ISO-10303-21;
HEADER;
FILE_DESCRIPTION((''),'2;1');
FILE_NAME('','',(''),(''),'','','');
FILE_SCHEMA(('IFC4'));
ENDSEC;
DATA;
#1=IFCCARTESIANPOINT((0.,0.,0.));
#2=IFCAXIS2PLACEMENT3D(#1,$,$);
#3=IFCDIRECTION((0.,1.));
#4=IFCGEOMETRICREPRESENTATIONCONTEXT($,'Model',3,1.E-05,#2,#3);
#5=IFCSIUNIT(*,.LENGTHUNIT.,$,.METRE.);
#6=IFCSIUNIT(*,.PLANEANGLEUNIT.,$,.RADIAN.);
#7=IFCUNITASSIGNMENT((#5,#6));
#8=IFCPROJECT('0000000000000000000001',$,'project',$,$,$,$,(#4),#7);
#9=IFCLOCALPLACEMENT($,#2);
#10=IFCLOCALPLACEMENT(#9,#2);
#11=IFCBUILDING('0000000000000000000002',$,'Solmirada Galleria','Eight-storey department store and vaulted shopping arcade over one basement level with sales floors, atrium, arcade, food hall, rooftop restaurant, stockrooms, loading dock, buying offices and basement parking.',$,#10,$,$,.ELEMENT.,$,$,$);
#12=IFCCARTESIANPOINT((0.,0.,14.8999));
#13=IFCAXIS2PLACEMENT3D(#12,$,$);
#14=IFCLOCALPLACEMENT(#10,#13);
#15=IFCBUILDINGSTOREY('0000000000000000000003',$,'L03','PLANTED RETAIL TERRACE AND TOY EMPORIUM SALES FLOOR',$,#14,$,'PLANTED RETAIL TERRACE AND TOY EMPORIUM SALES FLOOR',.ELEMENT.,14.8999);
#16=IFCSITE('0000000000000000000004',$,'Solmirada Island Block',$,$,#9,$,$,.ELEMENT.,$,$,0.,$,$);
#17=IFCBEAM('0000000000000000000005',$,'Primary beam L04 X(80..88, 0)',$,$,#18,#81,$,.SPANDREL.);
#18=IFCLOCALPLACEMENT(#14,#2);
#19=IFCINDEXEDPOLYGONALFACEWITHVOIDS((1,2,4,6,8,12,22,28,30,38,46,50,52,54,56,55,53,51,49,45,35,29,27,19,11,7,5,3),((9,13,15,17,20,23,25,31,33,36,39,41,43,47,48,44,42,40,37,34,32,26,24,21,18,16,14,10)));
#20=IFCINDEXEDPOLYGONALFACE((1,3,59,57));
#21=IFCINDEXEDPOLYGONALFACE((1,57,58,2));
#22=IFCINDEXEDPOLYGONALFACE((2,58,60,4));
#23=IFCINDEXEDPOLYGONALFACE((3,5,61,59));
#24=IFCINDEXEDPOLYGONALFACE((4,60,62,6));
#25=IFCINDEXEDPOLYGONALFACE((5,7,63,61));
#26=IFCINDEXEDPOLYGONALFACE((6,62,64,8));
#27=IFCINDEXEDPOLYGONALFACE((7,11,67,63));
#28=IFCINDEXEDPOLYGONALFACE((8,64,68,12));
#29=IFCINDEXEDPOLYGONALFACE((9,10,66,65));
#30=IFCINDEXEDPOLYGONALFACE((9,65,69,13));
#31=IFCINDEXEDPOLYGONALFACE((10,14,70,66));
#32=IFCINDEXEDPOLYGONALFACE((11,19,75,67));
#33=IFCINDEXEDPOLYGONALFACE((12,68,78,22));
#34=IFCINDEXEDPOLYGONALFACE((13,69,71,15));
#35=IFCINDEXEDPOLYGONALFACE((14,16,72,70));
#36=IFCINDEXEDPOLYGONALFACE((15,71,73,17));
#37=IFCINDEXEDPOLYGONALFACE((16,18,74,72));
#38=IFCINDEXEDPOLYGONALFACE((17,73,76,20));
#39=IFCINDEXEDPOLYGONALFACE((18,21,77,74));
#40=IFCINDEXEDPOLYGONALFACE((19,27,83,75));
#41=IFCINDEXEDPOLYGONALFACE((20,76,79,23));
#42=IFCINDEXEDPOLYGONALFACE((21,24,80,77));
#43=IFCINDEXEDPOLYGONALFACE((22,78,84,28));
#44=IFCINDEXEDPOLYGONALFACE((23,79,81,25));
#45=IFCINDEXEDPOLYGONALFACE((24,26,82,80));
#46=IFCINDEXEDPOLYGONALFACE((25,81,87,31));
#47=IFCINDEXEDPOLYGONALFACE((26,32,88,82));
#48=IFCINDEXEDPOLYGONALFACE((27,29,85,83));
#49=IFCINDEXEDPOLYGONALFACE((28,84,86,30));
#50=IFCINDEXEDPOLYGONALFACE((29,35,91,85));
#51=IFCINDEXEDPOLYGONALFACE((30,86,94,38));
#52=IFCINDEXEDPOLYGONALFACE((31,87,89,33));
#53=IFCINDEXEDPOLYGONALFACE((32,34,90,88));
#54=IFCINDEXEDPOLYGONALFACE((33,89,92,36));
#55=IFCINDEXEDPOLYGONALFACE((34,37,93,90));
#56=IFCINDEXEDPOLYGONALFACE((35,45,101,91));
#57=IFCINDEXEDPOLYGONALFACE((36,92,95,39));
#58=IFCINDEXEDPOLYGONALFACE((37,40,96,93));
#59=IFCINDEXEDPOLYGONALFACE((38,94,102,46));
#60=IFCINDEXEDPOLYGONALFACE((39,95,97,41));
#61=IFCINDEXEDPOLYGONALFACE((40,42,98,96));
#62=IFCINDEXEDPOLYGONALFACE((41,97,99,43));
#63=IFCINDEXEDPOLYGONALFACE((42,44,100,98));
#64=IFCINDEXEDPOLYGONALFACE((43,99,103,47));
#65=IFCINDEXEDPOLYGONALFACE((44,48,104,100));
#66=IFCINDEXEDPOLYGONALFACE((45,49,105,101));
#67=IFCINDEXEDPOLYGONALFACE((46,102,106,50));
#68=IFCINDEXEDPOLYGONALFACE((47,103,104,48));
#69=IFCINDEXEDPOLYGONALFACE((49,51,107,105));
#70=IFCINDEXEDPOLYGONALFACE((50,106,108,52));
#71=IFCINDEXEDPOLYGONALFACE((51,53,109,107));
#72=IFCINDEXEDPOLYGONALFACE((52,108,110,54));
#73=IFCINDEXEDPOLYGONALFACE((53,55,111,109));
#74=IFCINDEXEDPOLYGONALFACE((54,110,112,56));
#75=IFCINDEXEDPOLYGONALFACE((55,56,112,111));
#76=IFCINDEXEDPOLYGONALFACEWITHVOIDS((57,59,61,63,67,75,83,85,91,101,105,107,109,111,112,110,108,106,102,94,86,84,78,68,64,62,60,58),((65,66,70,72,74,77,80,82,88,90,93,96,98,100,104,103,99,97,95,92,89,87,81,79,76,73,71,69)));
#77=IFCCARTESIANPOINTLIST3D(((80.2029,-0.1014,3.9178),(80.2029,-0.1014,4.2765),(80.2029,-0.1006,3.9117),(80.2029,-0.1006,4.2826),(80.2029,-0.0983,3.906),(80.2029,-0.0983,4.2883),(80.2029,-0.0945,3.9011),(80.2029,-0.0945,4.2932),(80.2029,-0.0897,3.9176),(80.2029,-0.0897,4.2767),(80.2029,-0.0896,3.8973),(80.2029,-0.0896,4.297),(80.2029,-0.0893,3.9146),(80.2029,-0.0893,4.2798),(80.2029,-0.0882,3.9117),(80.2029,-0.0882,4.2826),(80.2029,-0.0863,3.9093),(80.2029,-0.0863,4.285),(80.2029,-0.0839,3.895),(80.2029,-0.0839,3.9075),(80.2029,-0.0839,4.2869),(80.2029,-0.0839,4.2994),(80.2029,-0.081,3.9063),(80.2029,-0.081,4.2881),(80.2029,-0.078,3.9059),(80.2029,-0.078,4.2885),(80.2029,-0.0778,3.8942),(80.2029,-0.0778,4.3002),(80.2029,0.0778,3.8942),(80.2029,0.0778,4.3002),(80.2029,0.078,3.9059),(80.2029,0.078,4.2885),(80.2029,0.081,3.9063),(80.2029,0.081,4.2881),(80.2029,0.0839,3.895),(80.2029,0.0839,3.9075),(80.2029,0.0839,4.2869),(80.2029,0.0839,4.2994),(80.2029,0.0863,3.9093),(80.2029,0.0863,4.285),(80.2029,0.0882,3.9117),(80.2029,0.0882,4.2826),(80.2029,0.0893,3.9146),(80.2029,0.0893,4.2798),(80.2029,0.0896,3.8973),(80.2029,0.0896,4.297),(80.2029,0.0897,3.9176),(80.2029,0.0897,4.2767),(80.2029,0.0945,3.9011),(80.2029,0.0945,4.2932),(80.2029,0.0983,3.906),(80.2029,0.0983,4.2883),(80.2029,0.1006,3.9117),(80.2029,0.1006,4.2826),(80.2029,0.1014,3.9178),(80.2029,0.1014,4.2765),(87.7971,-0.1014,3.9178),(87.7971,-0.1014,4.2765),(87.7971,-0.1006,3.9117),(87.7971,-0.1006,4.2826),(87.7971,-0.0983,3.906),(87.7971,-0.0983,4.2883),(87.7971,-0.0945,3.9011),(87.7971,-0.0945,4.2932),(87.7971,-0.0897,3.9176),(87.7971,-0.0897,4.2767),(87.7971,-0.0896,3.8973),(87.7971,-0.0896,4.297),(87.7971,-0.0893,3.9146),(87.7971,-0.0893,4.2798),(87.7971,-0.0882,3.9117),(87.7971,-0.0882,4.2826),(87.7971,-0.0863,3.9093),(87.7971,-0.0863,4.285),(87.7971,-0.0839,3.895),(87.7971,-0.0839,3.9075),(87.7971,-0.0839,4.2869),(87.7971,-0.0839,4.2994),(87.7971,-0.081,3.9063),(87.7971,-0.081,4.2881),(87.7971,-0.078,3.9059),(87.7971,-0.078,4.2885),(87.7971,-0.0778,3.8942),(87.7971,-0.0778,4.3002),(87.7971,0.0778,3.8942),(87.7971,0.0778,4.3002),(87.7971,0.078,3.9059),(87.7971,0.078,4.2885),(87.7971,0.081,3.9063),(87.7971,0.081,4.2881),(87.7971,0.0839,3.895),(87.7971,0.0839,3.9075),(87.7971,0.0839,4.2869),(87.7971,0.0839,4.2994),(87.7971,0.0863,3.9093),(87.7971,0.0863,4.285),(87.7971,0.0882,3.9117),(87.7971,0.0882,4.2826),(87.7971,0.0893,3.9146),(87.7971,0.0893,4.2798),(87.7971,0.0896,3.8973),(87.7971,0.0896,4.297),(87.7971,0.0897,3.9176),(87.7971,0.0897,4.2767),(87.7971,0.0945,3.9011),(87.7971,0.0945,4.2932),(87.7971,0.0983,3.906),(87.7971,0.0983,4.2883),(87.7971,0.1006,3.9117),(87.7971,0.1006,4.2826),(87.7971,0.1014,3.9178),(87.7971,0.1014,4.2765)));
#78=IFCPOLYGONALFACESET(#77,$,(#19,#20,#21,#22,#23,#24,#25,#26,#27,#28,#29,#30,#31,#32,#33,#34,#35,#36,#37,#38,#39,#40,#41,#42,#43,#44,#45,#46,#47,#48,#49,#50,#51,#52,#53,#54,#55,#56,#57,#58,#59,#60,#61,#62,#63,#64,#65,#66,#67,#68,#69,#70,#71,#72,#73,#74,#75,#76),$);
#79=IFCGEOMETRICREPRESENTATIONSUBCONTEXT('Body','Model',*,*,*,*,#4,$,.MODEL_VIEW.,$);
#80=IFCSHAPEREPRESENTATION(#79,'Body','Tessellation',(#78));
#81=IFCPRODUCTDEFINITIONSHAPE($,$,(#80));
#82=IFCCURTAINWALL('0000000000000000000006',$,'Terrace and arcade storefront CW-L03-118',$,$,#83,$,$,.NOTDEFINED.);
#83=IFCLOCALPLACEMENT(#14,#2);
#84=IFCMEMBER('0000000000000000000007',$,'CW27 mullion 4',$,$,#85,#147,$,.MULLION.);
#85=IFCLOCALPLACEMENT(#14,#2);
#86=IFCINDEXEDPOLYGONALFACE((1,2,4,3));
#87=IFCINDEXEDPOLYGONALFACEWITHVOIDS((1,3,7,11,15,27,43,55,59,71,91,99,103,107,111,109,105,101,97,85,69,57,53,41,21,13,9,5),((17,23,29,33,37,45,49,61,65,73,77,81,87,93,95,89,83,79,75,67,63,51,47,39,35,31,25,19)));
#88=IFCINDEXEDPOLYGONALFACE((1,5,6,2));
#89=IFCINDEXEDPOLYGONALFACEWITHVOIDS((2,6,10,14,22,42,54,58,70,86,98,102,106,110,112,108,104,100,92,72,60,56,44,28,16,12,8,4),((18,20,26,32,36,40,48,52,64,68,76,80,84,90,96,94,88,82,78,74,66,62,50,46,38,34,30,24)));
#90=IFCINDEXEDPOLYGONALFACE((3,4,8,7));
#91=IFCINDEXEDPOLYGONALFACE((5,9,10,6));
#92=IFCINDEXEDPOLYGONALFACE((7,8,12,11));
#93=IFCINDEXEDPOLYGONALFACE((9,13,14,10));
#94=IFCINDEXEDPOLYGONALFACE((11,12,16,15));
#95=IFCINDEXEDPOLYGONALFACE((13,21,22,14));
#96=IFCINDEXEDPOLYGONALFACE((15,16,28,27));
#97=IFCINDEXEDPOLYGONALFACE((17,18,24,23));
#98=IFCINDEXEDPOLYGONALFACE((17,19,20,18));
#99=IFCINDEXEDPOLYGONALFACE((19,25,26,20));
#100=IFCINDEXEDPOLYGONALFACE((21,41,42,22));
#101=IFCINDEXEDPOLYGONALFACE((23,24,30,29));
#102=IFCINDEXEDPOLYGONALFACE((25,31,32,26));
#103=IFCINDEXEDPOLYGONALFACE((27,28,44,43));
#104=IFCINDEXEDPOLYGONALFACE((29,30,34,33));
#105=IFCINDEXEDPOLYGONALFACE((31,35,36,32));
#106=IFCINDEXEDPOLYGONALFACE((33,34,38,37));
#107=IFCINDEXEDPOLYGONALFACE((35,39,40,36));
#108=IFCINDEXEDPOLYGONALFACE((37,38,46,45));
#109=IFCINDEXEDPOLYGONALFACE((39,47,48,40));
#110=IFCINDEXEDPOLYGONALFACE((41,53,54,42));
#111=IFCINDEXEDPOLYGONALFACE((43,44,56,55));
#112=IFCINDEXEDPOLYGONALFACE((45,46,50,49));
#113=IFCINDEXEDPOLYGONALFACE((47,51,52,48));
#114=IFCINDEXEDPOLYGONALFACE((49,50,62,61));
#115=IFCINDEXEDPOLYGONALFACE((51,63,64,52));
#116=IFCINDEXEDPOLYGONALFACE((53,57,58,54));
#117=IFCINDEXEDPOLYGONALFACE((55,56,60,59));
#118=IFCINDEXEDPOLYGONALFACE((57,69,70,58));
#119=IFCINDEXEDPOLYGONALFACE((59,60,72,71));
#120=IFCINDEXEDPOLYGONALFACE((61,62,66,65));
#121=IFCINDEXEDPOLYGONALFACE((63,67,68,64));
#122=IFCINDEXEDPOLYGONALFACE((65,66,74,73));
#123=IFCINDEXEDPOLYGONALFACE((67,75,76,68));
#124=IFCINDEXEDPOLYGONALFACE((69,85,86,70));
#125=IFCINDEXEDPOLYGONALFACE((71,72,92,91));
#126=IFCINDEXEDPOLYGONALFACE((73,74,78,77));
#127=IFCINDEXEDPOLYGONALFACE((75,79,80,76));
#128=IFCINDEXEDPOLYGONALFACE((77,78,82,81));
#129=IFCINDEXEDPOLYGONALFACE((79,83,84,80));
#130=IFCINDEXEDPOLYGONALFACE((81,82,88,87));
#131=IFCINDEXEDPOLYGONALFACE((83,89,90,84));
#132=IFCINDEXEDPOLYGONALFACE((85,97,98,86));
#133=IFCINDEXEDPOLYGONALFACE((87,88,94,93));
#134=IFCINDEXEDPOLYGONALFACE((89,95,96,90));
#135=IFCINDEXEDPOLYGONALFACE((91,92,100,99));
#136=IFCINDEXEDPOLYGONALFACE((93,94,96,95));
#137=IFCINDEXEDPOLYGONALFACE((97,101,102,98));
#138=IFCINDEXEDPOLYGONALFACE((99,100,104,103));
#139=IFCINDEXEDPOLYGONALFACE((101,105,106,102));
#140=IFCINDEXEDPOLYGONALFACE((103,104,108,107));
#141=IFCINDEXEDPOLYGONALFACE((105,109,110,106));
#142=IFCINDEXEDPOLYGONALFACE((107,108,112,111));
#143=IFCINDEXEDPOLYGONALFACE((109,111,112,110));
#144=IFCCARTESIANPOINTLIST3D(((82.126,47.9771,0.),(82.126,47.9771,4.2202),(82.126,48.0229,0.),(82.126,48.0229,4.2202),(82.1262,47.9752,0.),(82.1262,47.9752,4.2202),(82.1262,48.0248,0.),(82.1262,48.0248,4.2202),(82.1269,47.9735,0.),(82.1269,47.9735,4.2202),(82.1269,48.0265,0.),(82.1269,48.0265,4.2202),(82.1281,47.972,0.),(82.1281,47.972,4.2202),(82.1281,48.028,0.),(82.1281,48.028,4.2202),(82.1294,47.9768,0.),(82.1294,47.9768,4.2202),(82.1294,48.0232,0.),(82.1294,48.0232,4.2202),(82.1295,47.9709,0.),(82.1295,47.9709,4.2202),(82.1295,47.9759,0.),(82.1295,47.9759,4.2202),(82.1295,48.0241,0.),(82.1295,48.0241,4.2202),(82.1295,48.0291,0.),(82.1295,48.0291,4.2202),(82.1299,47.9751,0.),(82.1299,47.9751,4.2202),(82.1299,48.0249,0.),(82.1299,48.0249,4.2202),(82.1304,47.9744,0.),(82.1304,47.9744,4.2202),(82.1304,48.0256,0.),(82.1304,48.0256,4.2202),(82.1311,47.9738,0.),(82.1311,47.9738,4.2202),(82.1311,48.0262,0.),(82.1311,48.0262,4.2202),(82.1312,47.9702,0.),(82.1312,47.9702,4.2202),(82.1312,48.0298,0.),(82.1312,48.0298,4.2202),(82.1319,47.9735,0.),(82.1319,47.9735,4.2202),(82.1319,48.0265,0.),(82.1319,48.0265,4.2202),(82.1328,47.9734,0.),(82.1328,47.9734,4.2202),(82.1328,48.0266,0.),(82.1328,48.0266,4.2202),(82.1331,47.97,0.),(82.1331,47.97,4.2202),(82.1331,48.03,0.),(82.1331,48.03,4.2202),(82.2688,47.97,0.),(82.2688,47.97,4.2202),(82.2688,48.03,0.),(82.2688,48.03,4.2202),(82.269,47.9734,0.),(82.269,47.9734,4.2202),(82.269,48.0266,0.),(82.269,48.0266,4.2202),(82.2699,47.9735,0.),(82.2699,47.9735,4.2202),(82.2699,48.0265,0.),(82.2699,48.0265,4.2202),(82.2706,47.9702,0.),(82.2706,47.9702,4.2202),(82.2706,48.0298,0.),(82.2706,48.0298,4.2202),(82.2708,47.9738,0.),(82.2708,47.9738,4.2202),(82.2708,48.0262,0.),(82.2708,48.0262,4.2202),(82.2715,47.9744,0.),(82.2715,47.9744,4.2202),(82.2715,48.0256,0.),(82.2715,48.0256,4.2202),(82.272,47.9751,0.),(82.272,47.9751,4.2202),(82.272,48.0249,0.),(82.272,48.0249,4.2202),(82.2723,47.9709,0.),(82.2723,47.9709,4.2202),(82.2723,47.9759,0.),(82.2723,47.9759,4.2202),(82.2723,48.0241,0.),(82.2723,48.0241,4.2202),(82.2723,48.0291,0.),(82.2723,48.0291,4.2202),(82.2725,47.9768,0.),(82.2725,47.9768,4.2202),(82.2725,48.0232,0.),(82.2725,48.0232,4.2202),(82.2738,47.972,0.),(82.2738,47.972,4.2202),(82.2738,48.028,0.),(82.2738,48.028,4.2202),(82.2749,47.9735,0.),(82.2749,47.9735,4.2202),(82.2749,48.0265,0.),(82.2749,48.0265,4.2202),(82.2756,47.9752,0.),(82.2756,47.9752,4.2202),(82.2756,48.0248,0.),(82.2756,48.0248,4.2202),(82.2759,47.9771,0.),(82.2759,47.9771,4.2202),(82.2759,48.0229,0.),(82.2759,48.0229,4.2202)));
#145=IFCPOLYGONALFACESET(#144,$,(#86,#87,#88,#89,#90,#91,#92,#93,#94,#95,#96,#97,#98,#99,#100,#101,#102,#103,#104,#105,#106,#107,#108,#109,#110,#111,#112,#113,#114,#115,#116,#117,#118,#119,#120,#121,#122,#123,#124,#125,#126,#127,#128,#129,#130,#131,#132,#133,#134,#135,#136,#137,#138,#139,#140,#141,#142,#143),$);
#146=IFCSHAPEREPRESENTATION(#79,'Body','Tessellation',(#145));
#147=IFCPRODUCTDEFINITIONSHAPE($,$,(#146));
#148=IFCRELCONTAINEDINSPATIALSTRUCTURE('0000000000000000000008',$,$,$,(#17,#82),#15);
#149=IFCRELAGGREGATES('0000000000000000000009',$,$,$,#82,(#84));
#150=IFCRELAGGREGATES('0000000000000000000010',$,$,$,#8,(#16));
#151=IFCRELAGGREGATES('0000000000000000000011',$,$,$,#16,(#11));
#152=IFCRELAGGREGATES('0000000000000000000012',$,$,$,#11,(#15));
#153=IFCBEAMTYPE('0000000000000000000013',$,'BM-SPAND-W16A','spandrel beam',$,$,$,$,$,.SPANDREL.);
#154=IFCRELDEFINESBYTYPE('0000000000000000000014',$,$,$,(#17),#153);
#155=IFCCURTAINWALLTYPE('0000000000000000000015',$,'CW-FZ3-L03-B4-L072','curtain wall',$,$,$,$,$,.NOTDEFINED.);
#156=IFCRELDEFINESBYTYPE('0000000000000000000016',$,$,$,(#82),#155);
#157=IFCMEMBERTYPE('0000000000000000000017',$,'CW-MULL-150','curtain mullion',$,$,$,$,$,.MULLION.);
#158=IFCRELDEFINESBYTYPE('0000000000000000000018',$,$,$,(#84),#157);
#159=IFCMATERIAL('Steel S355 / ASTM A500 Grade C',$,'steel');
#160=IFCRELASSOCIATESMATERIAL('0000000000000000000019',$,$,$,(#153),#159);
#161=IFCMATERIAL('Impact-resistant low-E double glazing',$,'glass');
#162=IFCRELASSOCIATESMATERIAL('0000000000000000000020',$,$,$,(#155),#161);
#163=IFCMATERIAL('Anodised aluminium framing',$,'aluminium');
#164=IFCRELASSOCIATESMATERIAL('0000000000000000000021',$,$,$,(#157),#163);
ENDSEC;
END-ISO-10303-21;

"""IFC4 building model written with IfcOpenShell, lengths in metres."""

from ifc_helpers import new_model, si_unit, direction, frame, origin, origin_2d, place, context, subcontext, project, spatial, hollow_rectangle, extrude, material, material_profile, profile_set, type_object, element, aggregate, save


model = new_model("IFC4")

# Units and contexts
model_context = context("Model", 3, precision=1e-05, world=origin(), true_north=direction((0.0, 1.0)))
body_context = subcontext(model_context, "Body", "Model", "MODEL_VIEW")
ifc_project = project(units=[si_unit("LENGTHUNIT", "METRE"), si_unit("PLANEANGLEUNIT", "RADIAN")], contexts=[model_context])

# Site, building, storey
site_placement = place(None, origin())
site = spatial("IfcSite", under=ifc_project, at=site_placement, Name="Solmirada Island Block", CompositionType="ELEMENT", RefElevation=0.0)
building_placement = place(site_placement, origin())
building = spatial("IfcBuilding", under=site, at=building_placement, Name="Solmirada Galleria", Description="Eight-storey department store and vaulted shopping arcade over one basement level with sales floors, atrium, arcade, food hall, rooftop restaurant, stockrooms, loading dock, buying offices and basement parking.", CompositionType="ELEMENT")
storey_placement = place(building_placement, frame((0.0, 0.0, 14.8999)))
storey = spatial("IfcBuildingStorey", under=building, at=storey_placement, Name="L03", Description="PLANTED RETAIL TERRACE AND TOY EMPORIUM SALES FLOOR", LongName="PLANTED RETAIL TERRACE AND TOY EMPORIUM SALES FLOOR", CompositionType="ELEMENT", Elevation=14.8999)

# Beam
ifc_material_1 = material(Name="Steel S355 / ASTM A500 Grade C", Category="steel")
ifc_material_profile_1 = material_profile(ifc_material_1, hollow_rectangle(XDim=0.2029, YDim=0.406, WallThickness=0.0117, InnerFilletRadius=0.0117, OuterFilletRadius=0.0237, at=origin_2d()), Name="HSS16X8X1/2")
ifc_profile_set_1 = profile_set([ifc_material_profile_1], Name="Steel S355 / ASTM A500 Grade C")
beam_type_1 = type_object("IfcBeamType", Name="BM-SPAND-W16A", Description="spandrel beam", PredefinedType="SPANDREL", material=ifc_profile_set_1)
beam_1_placement = place(storey_placement, frame((80.2029, 0.0, 4.0972), z_axis=(1.0, 0.0, 0.0), x_axis=(0.0, 1.0, 0.0)))
element("IfcBeam", 1, at=beam_1_placement, inside=storey, type_object=beam_type_1, Name="Primary beam L04 X(80..88, 0)", PredefinedType="SPANDREL", context=body_context, shape_type="SweptSolid", body=[
    extrude(hollow_rectangle(XDim=0.2029, YDim=0.406, WallThickness=0.0117, InnerFilletRadius=0.0117, OuterFilletRadius=0.0237, at=origin_2d()), origin(), (0.0, 0.0, 1.0), 7.5942),
])

# Curtain wall, member
ifc_material_2 = material(Name="Impact-resistant low-E double glazing", Category="glass")
curtain_wall_type = type_object("IfcCurtainWallType", Name="CW-FZ3-L03-B4-L072", Description="curtain wall", PredefinedType="NOTDEFINED", material=ifc_material_2)
curtain_wall_placement = place(storey_placement, origin())
curtain_wall = element("IfcCurtainWall", 2, at=curtain_wall_placement, inside=storey, type_object=curtain_wall_type, Name="Terrace and arcade storefront CW-L03-118", PredefinedType="NOTDEFINED")
ifc_material_3 = material(Name="Anodised aluminium framing", Category="aluminium")
ifc_material_profile_2 = material_profile(ifc_material_3, hollow_rectangle(XDim=0.0601, YDim=0.1499, WallThickness=0.0034, InnerFilletRadius=0.0034, OuterFilletRadius=0.0071, at=origin_2d()), Name="ALU-MULL-150X60")
ifc_profile_set_2 = profile_set([ifc_material_profile_2], Name="Anodised aluminium framing")
member_type_1 = type_object("IfcMemberType", Name="CW-MULL-150", Description="curtain mullion", PredefinedType="MULLION", material=ifc_profile_set_2)
member_1_placement = place(storey_placement, frame((82.2009, 48.0, 0.0), z_axis=(0.0, 0.0, 1.0), x_axis=(0.0, -1.0, 0.0)))
member_1 = element("IfcMember", 3, at=member_1_placement, type_object=member_type_1, Name="CW27 mullion 4", PredefinedType="MULLION", context=body_context, shape_type="SweptSolid", body=[
    extrude(hollow_rectangle(XDim=0.0601, YDim=0.1499, WallThickness=0.0034, InnerFilletRadius=0.0034, OuterFilletRadius=0.0071, at=origin_2d()), origin(), (0.0, 0.0, 1.0), 4.2202),
])
aggregate(curtain_wall, [member_1])

save(model, "model.ifc")
